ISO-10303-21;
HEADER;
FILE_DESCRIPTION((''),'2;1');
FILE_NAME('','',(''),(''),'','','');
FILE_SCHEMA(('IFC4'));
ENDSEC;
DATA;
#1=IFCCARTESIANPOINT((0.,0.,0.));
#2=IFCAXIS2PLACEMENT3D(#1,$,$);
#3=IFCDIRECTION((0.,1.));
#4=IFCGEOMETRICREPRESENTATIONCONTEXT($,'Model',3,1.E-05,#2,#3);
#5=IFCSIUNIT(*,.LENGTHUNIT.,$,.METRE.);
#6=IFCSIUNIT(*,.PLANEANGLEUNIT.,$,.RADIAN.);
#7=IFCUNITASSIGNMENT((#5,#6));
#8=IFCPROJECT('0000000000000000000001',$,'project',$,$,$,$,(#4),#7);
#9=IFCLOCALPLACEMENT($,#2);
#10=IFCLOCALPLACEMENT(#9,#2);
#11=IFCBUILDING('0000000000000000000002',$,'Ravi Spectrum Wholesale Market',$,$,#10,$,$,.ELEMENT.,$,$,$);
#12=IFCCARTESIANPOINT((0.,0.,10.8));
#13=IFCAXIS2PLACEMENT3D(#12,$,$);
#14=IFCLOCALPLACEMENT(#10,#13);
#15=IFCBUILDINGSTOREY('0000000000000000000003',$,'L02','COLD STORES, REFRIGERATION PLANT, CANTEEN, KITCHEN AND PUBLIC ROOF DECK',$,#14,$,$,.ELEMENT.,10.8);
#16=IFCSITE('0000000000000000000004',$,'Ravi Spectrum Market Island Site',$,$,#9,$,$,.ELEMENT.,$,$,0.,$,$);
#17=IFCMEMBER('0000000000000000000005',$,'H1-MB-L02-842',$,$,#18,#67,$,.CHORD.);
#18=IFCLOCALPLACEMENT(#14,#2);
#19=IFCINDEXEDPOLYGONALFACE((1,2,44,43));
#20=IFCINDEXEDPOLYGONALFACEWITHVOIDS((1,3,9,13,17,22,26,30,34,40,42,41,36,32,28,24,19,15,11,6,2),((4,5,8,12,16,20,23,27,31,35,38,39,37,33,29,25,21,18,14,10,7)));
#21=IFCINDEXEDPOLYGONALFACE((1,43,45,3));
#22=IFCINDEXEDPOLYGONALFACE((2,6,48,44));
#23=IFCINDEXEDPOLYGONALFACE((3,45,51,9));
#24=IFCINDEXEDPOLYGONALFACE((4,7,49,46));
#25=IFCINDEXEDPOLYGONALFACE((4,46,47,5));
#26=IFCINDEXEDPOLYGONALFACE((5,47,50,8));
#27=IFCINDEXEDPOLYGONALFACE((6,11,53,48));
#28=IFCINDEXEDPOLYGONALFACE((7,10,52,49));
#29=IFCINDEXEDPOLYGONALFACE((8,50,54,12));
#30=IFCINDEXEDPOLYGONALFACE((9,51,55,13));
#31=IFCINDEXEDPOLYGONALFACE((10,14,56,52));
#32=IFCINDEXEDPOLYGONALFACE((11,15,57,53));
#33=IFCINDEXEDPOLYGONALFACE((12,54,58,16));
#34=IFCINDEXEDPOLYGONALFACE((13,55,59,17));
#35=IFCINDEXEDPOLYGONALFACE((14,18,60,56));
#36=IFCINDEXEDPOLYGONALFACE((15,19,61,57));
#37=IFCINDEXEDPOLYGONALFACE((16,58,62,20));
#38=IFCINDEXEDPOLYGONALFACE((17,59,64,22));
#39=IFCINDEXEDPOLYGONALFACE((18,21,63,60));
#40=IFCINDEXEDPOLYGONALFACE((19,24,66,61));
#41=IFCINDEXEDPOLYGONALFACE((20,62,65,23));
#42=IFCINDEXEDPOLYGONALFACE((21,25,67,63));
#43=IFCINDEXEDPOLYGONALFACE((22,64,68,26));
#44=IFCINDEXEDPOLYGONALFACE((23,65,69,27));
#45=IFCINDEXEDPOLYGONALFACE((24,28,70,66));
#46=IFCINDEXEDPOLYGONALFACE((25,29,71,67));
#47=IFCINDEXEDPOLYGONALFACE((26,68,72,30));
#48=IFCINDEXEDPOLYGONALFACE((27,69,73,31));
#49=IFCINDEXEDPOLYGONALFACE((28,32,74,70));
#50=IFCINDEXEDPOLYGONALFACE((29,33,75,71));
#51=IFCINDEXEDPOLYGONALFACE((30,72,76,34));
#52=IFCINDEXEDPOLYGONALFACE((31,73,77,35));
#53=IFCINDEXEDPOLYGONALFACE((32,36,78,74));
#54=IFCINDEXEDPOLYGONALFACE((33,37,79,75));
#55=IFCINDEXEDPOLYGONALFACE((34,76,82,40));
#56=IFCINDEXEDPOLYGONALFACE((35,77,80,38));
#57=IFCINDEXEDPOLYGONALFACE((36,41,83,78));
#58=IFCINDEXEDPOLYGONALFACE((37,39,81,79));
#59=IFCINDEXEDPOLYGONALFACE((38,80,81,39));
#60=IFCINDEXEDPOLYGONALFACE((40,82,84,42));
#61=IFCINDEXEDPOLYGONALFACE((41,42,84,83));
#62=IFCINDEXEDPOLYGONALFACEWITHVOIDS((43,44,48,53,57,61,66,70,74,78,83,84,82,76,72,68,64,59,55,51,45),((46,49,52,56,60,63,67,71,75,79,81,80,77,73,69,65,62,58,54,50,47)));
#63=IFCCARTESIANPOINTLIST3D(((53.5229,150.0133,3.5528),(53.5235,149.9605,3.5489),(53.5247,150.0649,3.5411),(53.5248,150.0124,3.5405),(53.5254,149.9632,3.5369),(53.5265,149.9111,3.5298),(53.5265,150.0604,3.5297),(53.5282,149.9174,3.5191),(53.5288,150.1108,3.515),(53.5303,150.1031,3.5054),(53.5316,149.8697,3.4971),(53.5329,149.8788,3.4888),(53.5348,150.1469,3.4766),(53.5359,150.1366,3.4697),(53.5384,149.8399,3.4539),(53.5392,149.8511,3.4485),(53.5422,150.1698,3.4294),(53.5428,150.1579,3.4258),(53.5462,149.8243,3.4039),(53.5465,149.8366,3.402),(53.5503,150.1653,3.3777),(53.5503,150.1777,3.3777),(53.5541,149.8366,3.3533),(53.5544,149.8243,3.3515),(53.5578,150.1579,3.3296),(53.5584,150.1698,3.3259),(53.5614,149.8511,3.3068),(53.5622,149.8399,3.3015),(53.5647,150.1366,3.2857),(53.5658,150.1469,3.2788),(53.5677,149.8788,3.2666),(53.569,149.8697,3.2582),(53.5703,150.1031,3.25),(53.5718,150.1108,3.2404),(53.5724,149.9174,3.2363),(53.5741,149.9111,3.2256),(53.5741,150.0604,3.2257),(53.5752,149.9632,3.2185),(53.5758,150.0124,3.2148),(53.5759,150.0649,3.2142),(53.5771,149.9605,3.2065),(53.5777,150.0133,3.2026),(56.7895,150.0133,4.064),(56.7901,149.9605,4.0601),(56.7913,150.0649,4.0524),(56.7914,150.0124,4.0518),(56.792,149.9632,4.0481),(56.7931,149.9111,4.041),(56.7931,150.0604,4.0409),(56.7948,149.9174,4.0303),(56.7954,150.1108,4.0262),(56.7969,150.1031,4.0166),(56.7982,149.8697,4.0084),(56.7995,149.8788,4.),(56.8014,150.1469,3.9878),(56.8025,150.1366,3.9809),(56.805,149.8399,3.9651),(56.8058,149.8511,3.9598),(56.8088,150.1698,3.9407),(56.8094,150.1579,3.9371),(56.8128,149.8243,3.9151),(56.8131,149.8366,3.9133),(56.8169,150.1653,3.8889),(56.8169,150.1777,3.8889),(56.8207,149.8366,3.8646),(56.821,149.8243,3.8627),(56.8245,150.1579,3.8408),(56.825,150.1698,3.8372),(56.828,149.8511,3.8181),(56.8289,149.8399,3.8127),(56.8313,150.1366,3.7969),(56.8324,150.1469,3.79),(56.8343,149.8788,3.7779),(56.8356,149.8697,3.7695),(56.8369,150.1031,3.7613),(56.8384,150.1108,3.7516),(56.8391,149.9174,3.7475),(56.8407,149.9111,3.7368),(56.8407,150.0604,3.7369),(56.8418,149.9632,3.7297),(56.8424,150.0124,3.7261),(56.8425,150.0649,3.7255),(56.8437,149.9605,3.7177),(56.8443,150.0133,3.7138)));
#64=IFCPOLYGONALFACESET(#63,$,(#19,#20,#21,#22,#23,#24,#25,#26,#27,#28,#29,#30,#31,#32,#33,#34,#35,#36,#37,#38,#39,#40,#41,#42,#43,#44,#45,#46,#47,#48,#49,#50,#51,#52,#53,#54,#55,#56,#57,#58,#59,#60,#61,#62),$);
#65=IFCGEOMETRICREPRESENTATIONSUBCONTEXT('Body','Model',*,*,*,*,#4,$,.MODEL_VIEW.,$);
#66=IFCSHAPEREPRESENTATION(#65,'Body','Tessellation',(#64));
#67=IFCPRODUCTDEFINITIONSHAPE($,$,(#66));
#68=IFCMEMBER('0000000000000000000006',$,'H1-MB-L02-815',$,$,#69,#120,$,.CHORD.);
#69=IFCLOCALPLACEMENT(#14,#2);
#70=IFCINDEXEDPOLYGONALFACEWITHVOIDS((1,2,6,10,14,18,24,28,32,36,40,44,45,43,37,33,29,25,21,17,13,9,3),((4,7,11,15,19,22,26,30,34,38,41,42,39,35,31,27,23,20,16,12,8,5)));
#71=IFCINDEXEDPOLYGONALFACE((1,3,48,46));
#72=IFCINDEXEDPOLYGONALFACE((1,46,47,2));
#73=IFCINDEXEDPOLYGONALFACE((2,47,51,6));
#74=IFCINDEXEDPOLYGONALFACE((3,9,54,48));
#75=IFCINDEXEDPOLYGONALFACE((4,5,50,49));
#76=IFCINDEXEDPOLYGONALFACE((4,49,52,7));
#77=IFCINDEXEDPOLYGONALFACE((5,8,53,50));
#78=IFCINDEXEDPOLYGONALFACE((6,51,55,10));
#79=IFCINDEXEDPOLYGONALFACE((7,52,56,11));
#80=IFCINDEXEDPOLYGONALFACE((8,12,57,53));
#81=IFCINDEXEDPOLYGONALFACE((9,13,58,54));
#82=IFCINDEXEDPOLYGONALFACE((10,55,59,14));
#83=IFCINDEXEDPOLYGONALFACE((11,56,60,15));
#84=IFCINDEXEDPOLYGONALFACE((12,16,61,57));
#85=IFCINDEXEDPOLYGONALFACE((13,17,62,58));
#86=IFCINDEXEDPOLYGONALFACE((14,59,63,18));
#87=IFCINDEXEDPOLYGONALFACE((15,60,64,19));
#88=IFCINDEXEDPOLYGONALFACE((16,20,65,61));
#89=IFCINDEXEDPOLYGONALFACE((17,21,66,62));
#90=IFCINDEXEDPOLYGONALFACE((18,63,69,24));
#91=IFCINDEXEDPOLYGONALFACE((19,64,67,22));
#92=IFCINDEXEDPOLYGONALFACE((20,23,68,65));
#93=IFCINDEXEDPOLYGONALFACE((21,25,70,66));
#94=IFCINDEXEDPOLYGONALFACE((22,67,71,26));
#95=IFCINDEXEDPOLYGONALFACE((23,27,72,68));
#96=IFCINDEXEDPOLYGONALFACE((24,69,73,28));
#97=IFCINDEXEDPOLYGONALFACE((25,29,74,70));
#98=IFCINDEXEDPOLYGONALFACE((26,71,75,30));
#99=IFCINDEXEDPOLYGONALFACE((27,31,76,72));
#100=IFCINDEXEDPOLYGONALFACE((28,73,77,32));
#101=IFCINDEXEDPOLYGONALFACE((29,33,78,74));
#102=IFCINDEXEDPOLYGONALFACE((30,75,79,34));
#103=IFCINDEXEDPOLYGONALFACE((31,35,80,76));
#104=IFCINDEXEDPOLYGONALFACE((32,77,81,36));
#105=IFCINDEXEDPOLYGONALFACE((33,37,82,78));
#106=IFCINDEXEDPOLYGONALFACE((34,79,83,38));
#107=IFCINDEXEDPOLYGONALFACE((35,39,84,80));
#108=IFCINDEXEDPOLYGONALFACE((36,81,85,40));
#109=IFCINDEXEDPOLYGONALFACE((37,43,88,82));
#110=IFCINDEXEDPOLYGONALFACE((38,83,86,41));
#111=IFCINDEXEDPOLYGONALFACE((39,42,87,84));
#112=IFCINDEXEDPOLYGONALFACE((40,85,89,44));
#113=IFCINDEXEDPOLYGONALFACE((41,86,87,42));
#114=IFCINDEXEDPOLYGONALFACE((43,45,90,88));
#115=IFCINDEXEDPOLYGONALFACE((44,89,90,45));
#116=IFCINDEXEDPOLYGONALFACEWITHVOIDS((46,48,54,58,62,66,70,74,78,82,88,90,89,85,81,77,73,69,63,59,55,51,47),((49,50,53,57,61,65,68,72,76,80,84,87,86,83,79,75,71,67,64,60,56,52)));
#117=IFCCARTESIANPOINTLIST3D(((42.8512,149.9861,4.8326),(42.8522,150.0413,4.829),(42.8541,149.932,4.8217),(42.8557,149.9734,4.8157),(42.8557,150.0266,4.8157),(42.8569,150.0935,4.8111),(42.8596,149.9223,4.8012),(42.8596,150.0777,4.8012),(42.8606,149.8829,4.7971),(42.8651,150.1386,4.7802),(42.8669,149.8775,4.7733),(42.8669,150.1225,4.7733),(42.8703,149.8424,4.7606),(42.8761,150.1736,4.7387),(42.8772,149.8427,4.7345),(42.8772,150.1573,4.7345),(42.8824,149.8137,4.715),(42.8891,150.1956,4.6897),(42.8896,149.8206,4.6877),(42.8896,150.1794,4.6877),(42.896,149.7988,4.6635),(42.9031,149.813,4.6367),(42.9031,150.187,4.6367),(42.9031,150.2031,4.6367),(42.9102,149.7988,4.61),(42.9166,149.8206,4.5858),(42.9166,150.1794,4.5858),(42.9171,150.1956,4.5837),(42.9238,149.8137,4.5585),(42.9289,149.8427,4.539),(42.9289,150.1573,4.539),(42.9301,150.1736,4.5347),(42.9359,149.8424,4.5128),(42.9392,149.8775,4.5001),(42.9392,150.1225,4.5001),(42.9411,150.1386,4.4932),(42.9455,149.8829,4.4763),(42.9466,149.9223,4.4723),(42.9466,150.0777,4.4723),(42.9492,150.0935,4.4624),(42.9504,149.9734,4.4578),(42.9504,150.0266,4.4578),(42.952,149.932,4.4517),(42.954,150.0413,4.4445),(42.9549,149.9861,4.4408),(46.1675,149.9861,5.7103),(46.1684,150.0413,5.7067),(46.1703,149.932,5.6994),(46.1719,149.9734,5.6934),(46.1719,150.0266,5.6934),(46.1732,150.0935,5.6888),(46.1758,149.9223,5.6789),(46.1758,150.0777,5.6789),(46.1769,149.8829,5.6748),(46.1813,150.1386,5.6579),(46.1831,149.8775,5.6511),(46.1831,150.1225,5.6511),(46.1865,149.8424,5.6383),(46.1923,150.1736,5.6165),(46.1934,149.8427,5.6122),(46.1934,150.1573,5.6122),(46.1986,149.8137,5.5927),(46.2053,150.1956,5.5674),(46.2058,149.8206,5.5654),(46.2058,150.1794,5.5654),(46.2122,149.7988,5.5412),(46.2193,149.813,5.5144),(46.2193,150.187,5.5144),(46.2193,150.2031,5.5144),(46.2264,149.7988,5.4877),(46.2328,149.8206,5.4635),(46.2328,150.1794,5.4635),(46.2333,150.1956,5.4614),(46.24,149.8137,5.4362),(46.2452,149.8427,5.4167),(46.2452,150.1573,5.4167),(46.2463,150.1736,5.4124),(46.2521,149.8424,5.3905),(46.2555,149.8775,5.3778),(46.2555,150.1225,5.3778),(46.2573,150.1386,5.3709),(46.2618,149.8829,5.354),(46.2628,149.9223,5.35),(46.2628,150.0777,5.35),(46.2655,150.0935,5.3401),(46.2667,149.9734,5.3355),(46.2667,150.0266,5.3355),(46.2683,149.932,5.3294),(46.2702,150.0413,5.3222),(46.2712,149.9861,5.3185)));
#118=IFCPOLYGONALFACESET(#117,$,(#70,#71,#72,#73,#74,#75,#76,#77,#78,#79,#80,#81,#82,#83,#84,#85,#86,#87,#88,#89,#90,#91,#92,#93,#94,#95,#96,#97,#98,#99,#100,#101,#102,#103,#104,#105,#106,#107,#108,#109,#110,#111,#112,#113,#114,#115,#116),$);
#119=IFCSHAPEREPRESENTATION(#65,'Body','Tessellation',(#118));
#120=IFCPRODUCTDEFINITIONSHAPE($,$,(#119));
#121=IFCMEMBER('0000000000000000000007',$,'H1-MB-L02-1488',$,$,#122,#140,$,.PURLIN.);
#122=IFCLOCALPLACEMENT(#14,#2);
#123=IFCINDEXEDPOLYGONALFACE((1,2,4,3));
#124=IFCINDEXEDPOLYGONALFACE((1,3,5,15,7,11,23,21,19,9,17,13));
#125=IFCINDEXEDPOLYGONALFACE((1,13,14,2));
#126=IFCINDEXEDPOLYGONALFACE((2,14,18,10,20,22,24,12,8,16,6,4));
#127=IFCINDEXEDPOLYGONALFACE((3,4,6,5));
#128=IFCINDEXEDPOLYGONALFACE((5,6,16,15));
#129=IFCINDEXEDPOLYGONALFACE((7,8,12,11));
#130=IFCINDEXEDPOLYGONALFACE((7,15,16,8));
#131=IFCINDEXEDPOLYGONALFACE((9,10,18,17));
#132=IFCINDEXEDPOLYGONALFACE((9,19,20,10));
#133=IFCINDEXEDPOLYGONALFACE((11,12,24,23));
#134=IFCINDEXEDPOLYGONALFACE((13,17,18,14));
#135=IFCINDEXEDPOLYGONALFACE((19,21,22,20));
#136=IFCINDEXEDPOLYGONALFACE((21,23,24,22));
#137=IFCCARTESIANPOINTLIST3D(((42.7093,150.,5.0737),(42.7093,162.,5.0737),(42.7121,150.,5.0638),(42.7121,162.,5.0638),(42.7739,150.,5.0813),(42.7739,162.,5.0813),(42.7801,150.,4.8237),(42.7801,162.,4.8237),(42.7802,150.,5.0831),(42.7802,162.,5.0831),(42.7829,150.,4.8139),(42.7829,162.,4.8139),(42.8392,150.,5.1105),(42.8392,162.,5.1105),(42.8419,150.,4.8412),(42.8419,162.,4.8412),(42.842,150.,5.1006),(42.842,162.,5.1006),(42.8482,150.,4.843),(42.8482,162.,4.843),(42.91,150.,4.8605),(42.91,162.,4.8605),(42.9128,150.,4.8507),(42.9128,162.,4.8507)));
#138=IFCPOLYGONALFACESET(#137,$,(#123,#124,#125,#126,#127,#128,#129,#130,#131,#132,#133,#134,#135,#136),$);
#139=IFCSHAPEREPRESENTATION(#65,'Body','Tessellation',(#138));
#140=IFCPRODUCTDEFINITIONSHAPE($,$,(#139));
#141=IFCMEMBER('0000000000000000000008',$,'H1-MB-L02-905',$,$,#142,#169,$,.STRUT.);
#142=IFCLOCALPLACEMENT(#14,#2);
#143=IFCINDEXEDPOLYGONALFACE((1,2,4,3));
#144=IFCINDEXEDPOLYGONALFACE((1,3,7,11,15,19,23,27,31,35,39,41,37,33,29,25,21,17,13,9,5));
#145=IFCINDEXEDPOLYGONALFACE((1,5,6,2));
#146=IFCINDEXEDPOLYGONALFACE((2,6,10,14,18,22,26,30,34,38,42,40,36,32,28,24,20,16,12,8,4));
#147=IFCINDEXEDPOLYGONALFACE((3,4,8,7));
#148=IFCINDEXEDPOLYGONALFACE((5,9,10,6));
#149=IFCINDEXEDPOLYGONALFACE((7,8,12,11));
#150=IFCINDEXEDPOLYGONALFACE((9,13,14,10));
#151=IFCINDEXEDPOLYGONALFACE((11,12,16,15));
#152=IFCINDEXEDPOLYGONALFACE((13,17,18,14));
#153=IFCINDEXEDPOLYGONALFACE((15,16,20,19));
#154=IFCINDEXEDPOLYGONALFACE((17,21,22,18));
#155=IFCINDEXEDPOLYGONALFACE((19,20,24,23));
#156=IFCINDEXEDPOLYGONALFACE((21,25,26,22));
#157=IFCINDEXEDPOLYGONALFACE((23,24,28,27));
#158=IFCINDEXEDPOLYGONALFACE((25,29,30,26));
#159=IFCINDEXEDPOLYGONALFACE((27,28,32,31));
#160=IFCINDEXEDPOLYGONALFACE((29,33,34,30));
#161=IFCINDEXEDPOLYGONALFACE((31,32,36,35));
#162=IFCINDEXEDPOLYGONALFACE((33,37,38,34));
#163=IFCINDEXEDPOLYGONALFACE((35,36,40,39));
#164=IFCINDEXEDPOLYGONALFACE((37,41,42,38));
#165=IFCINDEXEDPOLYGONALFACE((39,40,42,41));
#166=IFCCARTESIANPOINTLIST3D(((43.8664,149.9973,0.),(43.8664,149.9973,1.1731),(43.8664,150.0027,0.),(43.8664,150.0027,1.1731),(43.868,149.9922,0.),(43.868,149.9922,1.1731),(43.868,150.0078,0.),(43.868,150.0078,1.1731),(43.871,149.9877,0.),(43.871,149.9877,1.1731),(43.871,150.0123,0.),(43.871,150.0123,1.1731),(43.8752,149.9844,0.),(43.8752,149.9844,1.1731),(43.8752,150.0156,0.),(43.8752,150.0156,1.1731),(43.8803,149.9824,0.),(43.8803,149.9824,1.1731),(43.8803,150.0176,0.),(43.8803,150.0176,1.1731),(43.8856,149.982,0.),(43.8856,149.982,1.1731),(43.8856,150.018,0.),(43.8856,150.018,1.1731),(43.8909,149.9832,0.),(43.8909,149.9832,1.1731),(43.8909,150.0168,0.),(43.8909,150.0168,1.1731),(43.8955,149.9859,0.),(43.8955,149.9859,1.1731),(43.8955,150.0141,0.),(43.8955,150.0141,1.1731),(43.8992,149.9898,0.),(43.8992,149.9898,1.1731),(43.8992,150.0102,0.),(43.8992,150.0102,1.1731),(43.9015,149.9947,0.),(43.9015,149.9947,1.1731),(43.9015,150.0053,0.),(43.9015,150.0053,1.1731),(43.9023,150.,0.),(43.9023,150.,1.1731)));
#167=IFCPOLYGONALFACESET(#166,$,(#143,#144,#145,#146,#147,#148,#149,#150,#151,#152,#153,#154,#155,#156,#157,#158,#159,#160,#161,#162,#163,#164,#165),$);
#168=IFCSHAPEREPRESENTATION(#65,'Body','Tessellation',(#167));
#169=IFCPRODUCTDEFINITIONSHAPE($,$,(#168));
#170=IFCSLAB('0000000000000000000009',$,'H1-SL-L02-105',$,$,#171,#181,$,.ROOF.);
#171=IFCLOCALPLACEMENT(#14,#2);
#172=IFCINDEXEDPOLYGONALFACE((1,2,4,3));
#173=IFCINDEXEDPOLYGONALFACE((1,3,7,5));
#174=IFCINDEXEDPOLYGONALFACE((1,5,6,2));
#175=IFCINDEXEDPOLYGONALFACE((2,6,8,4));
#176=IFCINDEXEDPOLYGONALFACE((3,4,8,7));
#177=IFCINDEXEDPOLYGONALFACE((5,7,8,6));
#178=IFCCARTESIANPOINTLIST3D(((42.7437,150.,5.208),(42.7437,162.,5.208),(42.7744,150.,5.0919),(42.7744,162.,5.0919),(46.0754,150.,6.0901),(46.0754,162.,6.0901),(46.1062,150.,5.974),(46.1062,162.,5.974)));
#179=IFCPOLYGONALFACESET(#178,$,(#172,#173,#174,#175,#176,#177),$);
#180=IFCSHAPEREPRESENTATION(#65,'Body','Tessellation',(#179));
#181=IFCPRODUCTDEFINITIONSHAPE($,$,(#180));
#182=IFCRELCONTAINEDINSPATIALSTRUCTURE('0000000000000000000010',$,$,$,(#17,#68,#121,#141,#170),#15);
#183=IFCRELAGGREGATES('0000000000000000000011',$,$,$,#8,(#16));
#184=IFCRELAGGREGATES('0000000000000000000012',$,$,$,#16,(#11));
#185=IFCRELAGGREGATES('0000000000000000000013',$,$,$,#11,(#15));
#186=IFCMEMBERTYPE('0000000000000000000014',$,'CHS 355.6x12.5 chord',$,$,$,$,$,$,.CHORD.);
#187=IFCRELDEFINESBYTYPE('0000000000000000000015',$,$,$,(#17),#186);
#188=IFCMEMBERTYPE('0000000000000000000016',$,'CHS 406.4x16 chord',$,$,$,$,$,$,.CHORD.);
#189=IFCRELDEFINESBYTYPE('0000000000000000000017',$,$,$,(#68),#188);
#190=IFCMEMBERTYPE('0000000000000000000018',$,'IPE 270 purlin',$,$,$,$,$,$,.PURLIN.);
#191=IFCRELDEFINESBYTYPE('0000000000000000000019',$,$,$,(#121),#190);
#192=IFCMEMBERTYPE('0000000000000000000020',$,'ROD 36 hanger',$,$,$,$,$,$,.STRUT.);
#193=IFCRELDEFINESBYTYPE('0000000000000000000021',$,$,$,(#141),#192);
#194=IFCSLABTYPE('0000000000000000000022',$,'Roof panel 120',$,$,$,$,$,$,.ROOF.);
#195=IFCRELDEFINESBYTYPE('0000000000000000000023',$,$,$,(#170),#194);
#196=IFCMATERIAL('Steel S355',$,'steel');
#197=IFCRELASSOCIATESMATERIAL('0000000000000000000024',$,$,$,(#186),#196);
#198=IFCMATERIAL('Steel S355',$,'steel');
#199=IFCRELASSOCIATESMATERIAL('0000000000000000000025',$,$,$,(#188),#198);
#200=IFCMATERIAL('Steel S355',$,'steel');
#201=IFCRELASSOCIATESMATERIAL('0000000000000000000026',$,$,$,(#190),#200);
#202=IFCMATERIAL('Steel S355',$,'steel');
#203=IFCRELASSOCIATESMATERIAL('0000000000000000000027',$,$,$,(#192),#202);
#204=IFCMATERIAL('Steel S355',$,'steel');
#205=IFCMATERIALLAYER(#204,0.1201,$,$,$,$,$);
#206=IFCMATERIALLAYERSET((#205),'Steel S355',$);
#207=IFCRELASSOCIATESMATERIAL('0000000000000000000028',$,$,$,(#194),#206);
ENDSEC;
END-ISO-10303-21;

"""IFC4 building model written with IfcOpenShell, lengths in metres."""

from ifc_helpers import new_model, si_unit, direction, frame, origin, origin_2d, place, context, subcontext, project, spatial, polyline, circle, hollow_circle, i_section, outline, extrude, material, layer, layer_set, material_profile, profile_set, type_object, element, save


model = new_model("IFC4")

# Units and contexts
model_context = context("Model", 3, precision=1e-05, world=origin(), true_north=direction((0.0, 1.0)))
body_context = subcontext(model_context, "Body", "Model", "MODEL_VIEW")
ifc_project = project(units=[si_unit("LENGTHUNIT", "METRE"), si_unit("PLANEANGLEUNIT", "RADIAN")], contexts=[model_context])

# Site, building, storey
site_placement = place(None, origin())
site = spatial("IfcSite", under=ifc_project, at=site_placement, Name="Ravi Spectrum Market Island Site", CompositionType="ELEMENT", RefElevation=0.0)
building_placement = place(site_placement, origin())
building = spatial("IfcBuilding", under=site, at=building_placement, Name="Ravi Spectrum Wholesale Market", CompositionType="ELEMENT")
storey_placement = place(building_placement, frame((0.0, 0.0, 10.8)))
storey = spatial("IfcBuildingStorey", under=building, at=storey_placement, Name="L02", Description="COLD STORES, REFRIGERATION PLANT, CANTEEN, KITCHEN AND PUBLIC ROOF DECK", CompositionType="ELEMENT", Elevation=10.8)

# Members
ifc_material_1 = material(Name="Steel S355", Category="steel")
ifc_material_profile_1 = material_profile(ifc_material_1, hollow_circle(Radius=0.1777, WallThickness=0.0125, at=origin_2d()))
ifc_profile_set_1 = profile_set([ifc_material_profile_1], Name="Steel S355")
member_type_1 = type_object("IfcMemberType", Name="CHS 355.6x12.5 chord", PredefinedType="CHORD", material=ifc_profile_set_1)
member_1_placement = place(storey_placement, frame((53.5503, 150.0, 3.3777), z_axis=(0.987974, 0.0, 0.15462), x_axis=(0.0, 1.0, 0.0)))
element("IfcMember", 1, at=member_1_placement, inside=storey, type_object=member_type_1, Name="H1-MB-L02-842", PredefinedType="CHORD", context=body_context, shape_type="SweptSolid", body=[
    extrude(hollow_circle(Radius=0.1777, WallThickness=0.0125, at=origin_2d()), origin(), (0.0, 0.0, 1.0), 3.3064),
])
ifc_material_2 = material(Name="Steel S355", Category="steel")
ifc_material_profile_2 = material_profile(ifc_material_2, hollow_circle(Radius=0.2031, WallThickness=0.0161, at=origin_2d()))
ifc_profile_set_2 = profile_set([ifc_material_profile_2], Name="Steel S355")
member_type_2 = type_object("IfcMemberType", Name="CHS 406.4x16 chord", PredefinedType="CHORD", material=ifc_profile_set_2)
member_2_placement = place(storey_placement, frame((42.9031, 150.0, 4.6367), z_axis=(0.966714, 0.0, 0.255859), x_axis=(0.0, 1.0, 0.0)))
element("IfcMember", 2, at=member_2_placement, inside=storey, type_object=member_type_2, Name="H1-MB-L02-815", PredefinedType="CHORD", context=body_context, shape_type="SweptSolid", body=[
    extrude(hollow_circle(Radius=0.2031, WallThickness=0.0161, at=origin_2d()), origin(), (0.0, 0.0, 1.0), 3.4304),
])
ifc_material_3 = material(Name="Steel S355", Category="steel")
ifc_material_profile_3 = material_profile(ifc_material_3, i_section(OverallWidth=0.135, OverallDepth=0.27, WebThickness=0.0066, FlangeThickness=0.0103, at=origin_2d()))
ifc_profile_set_3 = profile_set([ifc_material_profile_3], Name="Steel S355")
member_type_3 = type_object("IfcMemberType", Name="IPE 270 purlin", PredefinedType="PURLIN", material=ifc_profile_set_3)
member_3_placement = place(storey_placement, frame((42.811, 150.0, 4.9622), z_axis=(0.0, 1.0, 0.0), x_axis=(-0.962156, 0.0, -0.272499)))
element("IfcMember", 3, at=member_3_placement, inside=storey, type_object=member_type_3, Name="H1-MB-L02-1488", PredefinedType="PURLIN", context=body_context, shape_type="SweptSolid", body=[
    extrude(i_section(OverallWidth=0.135, OverallDepth=0.27, WebThickness=0.0066, FlangeThickness=0.0103, at=origin_2d()), origin(), (0.0, 0.0, 1.0), 12.0),
])
ifc_material_4 = material(Name="Steel S355", Category="steel")
ifc_material_profile_4 = material_profile(ifc_material_4, circle(Radius=0.0181, at=origin_2d()))
ifc_profile_set_4 = profile_set([ifc_material_profile_4], Name="Steel S355")
member_type_4 = type_object("IfcMemberType", Name="ROD 36 hanger", PredefinedType="STRUT", material=ifc_profile_set_4)
member_4_placement = place(storey_placement, frame((43.8843, 150.0, 0.0), z_axis=(0.0, 0.0, 1.0), x_axis=(1.0, 0.0, 0.0)))
element("IfcMember", 4, at=member_4_placement, inside=storey, type_object=member_type_4, Name="H1-MB-L02-905", PredefinedType="STRUT", context=body_context, shape_type="SweptSolid", body=[
    extrude(circle(Radius=0.0181, at=origin_2d()), origin(), (0.0, 0.0, 1.0), 1.1731),
])

# Slab
ifc_material_5 = material(Name="Steel S355", Category="steel")
ifc_layer = layer(ifc_material_5, 0.1201)
ifc_layer_set = layer_set([ifc_layer], Name="Steel S355")
slab_type = type_object("IfcSlabType", Name="Roof panel 120", PredefinedType="ROOF", material=ifc_layer_set)
slab_placement = place(storey_placement, frame((42.7437, 150.0, 5.208), z_axis=(-0.25593, 0.0, 0.966695), x_axis=(0.966695, 0.0, 0.25593)))
element("IfcSlab", 5, at=slab_placement, inside=storey, type_object=slab_type, Name="H1-SL-L02-105", PredefinedType="ROOF", context=body_context, shape_type="SweptSolid", body=[
    extrude(outline(polyline([(0.0, 0.0), (3.4466, 0.0), (3.4466, 12.0), (0.0, 12.0), (0.0, 0.0)])), origin(), (0.0, 0.0, -1.0), 0.1201),
])

save(model, "model.ifc")
